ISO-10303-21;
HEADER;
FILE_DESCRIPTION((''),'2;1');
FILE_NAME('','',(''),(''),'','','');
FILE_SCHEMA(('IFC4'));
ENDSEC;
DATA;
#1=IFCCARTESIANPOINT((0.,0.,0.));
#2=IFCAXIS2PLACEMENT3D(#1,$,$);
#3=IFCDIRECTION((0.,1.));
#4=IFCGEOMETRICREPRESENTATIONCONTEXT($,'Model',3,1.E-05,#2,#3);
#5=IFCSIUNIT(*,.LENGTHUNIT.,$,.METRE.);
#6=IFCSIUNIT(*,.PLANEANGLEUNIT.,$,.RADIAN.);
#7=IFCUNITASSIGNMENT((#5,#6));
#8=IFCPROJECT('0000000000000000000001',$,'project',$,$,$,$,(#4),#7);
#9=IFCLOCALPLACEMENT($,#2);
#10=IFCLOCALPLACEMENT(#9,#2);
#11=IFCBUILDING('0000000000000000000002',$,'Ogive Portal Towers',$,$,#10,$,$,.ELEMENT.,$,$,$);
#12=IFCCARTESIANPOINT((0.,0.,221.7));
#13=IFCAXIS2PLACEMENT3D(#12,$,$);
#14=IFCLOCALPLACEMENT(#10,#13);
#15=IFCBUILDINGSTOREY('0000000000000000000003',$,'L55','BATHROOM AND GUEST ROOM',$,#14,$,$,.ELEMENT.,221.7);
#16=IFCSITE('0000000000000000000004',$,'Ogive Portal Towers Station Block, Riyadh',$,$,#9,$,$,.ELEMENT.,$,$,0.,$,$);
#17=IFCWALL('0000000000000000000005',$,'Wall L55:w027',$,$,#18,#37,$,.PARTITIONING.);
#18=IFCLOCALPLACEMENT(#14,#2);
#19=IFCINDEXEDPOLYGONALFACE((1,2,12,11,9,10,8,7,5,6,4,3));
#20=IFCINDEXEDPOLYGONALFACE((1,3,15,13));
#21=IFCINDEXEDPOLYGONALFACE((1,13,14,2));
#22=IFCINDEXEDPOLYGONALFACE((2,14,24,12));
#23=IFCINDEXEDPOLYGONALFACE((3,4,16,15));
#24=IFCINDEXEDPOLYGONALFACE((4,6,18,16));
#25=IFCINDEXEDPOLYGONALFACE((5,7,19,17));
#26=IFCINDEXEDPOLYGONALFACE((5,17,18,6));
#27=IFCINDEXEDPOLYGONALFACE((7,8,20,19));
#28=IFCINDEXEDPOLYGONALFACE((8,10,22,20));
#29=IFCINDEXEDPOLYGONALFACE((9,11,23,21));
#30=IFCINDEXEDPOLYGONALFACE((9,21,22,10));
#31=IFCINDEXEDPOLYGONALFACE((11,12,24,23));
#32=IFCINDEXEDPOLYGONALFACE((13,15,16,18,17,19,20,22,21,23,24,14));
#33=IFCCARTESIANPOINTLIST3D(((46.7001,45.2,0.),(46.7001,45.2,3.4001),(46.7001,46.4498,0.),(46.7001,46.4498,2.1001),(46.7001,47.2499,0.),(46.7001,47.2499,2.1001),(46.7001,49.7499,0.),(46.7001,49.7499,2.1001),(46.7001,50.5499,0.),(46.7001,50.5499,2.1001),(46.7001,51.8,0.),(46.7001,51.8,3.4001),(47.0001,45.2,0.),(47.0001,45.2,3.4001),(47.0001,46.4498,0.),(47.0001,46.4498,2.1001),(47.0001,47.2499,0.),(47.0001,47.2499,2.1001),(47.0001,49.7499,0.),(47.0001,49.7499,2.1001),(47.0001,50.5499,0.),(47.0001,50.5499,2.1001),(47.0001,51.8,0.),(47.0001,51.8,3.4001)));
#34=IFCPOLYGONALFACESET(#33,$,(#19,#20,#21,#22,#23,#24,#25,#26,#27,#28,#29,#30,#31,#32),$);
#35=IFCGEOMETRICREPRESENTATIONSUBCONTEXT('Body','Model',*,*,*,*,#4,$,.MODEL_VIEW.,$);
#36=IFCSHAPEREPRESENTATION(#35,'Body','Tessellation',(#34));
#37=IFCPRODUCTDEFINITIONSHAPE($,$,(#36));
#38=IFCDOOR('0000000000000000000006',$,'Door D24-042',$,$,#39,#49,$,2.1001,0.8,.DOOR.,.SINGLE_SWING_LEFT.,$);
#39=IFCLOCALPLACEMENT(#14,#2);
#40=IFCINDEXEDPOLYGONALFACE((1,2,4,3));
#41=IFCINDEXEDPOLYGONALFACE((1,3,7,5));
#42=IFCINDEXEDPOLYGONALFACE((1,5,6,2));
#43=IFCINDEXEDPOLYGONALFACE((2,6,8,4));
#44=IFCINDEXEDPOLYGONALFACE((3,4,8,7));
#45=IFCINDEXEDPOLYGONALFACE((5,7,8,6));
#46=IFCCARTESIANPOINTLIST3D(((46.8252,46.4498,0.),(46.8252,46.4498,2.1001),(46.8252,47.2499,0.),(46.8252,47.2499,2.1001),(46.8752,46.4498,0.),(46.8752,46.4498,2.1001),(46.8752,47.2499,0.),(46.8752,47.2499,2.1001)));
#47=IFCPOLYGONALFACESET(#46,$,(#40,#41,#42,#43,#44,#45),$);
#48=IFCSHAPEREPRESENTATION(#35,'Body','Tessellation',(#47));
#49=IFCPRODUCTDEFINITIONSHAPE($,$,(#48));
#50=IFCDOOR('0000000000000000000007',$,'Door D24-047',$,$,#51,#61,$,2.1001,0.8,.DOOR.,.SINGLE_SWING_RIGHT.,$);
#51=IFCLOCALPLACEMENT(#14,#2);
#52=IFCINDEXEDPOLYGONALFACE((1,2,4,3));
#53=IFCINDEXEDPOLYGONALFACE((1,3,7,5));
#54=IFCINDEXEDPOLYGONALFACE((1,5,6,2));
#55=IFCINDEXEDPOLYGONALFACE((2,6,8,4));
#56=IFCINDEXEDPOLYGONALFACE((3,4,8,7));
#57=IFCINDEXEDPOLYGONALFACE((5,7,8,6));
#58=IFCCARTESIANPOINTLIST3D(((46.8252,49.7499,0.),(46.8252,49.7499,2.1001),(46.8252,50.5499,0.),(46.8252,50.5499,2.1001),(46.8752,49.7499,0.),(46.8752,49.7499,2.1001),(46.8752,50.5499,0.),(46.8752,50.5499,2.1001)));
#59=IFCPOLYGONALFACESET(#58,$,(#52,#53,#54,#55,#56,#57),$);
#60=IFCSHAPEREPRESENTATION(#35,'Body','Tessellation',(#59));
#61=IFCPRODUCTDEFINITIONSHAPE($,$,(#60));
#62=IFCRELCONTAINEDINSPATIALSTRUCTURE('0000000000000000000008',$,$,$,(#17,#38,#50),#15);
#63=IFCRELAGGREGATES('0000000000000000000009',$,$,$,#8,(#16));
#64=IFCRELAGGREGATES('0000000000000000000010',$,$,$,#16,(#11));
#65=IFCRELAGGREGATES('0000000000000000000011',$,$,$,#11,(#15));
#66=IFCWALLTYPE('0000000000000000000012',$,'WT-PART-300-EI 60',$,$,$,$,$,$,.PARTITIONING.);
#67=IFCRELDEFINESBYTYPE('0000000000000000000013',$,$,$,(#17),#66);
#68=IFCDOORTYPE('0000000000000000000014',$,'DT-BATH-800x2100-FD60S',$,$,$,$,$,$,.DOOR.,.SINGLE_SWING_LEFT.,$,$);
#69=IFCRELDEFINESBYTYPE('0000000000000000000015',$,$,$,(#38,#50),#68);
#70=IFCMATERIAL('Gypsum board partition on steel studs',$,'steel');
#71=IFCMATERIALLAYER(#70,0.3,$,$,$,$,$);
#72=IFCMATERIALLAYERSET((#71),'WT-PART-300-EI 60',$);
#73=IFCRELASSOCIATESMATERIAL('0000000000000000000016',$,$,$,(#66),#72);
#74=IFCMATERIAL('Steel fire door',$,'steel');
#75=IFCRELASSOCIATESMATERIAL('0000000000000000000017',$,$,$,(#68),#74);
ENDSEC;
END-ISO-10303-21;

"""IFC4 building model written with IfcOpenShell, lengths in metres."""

from ifc_helpers import new_model, si_unit, direction, frame, frame_2d, origin, place, context, subcontext, project, spatial, rectangle, extrude, material, layer, layer_set, type_object, element, fill, save


model = new_model("IFC4")

# Units and contexts
model_context = context("Model", 3, precision=1e-05, world=origin(), true_north=direction((0.0, 1.0)))
body_context = subcontext(model_context, "Body", "Model", "MODEL_VIEW")
ifc_project = project(units=[si_unit("LENGTHUNIT", "METRE"), si_unit("PLANEANGLEUNIT", "RADIAN")], contexts=[model_context])

# Site, building, storey
site_placement = place(None, origin())
site = spatial("IfcSite", under=ifc_project, at=site_placement, Name="Ogive Portal Towers Station Block, Riyadh", CompositionType="ELEMENT", RefElevation=0.0)
building_placement = place(site_placement, origin())
building = spatial("IfcBuilding", under=site, at=building_placement, Name="Ogive Portal Towers", CompositionType="ELEMENT")
storey_placement = place(building_placement, frame((0.0, 0.0, 221.7)))
storey = spatial("IfcBuildingStorey", under=building, at=storey_placement, Name="L55", Description="BATHROOM AND GUEST ROOM", CompositionType="ELEMENT", Elevation=221.7)

# Shared definitions
ifc_material_1 = material(Name="Gypsum board partition on steel studs", Category="steel")
ifc_layer_1 = layer(ifc_material_1, 0.3)
ifc_layer_set_1 = layer_set([ifc_layer_1], Name="WT-PART-300-EI 60")
wall_type = type_object("IfcWallType", Name="WT-PART-300-EI 60", PredefinedType="PARTITIONING", material=ifc_layer_set_1)

# Wall, openings, doors
wall_1_placement = place(storey_placement, frame((46.8501, 45.2, 0.0), z_axis=(0.0, 0.0, 1.0), x_axis=(0.0, 1.0, 0.0)))
wall_1 = element("IfcWall", 1, at=wall_1_placement, inside=storey, type_object=wall_type, Name="Wall L55:w027", PredefinedType="PARTITIONING", context=body_context, shape_type="SweptSolid", body=[
    extrude(rectangle(XDim=6.6001, YDim=0.3, at=frame_2d((3.3, 0.0))), origin(), (0.0, 0.0, 1.0), 3.4001),
])
opening_1_placement = place(wall_1_placement, frame((1.25, 0.0, 0.0)))
opening_1 = element("IfcOpeningElement", 2, at=opening_1_placement, cuts=wall_1, PredefinedType="OPENING", context=body_context, shape_type="SweptSolid", body=[
    extrude(rectangle(XDim=0.8, YDim=2.1001, at=frame_2d((0.3999, 1.05))), frame((0.0, 0.1602, 0.0), z_axis=(0.0, -1.0, 0.0), x_axis=(1.0, 0.0, 0.0)), (0.0, 0.0, 1.0), 0.3201),
])
opening_2_placement = place(wall_1_placement, frame((4.55, 0.0, 0.0)))
opening_2 = element("IfcOpeningElement", 3, at=opening_2_placement, cuts=wall_1, PredefinedType="OPENING", context=body_context, shape_type="SweptSolid", body=[
    extrude(rectangle(XDim=0.8, YDim=2.1001, at=frame_2d((0.3999, 1.05))), frame((0.0, 0.1602, 0.0), z_axis=(0.0, -1.0, 0.0), x_axis=(1.0, 0.0, 0.0)), (0.0, 0.0, 1.0), 0.3201),
])
ifc_material_2 = material(Name="Steel fire door", Category="steel")
door_type = type_object("IfcDoorType", Name="DT-BATH-800x2100-FD60S", OperationType="SINGLE_SWING_LEFT", PredefinedType="DOOR", material=ifc_material_2)
door_1_placement = place(opening_1_placement, origin())
door_1 = element("IfcDoor", 4, at=door_1_placement, inside=storey, type_object=door_type, Name="Door D24-042", OperationType="SINGLE_SWING_LEFT", OverallHeight=2.1001, OverallWidth=0.8, PredefinedType="DOOR", context=body_context, shape_type="SweptSolid", body=[
    extrude(rectangle(XDim=0.8, YDim=2.1001, at=frame_2d((0.3999, 1.05))), frame((0.0, 0.0249, 0.0), z_axis=(0.0, -1.0, 0.0), x_axis=(1.0, 0.0, 0.0)), (0.0, 0.0, 1.0), 0.05),
])
fill(opening_1, door_1)
door_2_placement = place(opening_2_placement, origin())
door_2 = element("IfcDoor", 5, at=door_2_placement, inside=storey, type_object=door_type, Name="Door D24-047", OperationType="SINGLE_SWING_RIGHT", OverallHeight=2.1001, OverallWidth=0.8, PredefinedType="DOOR", context=body_context, shape_type="SweptSolid", body=[
    extrude(rectangle(XDim=0.8, YDim=2.1001, at=frame_2d((0.3999, 1.05))), frame((0.0, 0.0249, 0.0), z_axis=(0.0, -1.0, 0.0), x_axis=(1.0, 0.0, 0.0)), (0.0, 0.0, 1.0), 0.05),
])
fill(opening_2, door_2)

save(model, "model.ifc")
